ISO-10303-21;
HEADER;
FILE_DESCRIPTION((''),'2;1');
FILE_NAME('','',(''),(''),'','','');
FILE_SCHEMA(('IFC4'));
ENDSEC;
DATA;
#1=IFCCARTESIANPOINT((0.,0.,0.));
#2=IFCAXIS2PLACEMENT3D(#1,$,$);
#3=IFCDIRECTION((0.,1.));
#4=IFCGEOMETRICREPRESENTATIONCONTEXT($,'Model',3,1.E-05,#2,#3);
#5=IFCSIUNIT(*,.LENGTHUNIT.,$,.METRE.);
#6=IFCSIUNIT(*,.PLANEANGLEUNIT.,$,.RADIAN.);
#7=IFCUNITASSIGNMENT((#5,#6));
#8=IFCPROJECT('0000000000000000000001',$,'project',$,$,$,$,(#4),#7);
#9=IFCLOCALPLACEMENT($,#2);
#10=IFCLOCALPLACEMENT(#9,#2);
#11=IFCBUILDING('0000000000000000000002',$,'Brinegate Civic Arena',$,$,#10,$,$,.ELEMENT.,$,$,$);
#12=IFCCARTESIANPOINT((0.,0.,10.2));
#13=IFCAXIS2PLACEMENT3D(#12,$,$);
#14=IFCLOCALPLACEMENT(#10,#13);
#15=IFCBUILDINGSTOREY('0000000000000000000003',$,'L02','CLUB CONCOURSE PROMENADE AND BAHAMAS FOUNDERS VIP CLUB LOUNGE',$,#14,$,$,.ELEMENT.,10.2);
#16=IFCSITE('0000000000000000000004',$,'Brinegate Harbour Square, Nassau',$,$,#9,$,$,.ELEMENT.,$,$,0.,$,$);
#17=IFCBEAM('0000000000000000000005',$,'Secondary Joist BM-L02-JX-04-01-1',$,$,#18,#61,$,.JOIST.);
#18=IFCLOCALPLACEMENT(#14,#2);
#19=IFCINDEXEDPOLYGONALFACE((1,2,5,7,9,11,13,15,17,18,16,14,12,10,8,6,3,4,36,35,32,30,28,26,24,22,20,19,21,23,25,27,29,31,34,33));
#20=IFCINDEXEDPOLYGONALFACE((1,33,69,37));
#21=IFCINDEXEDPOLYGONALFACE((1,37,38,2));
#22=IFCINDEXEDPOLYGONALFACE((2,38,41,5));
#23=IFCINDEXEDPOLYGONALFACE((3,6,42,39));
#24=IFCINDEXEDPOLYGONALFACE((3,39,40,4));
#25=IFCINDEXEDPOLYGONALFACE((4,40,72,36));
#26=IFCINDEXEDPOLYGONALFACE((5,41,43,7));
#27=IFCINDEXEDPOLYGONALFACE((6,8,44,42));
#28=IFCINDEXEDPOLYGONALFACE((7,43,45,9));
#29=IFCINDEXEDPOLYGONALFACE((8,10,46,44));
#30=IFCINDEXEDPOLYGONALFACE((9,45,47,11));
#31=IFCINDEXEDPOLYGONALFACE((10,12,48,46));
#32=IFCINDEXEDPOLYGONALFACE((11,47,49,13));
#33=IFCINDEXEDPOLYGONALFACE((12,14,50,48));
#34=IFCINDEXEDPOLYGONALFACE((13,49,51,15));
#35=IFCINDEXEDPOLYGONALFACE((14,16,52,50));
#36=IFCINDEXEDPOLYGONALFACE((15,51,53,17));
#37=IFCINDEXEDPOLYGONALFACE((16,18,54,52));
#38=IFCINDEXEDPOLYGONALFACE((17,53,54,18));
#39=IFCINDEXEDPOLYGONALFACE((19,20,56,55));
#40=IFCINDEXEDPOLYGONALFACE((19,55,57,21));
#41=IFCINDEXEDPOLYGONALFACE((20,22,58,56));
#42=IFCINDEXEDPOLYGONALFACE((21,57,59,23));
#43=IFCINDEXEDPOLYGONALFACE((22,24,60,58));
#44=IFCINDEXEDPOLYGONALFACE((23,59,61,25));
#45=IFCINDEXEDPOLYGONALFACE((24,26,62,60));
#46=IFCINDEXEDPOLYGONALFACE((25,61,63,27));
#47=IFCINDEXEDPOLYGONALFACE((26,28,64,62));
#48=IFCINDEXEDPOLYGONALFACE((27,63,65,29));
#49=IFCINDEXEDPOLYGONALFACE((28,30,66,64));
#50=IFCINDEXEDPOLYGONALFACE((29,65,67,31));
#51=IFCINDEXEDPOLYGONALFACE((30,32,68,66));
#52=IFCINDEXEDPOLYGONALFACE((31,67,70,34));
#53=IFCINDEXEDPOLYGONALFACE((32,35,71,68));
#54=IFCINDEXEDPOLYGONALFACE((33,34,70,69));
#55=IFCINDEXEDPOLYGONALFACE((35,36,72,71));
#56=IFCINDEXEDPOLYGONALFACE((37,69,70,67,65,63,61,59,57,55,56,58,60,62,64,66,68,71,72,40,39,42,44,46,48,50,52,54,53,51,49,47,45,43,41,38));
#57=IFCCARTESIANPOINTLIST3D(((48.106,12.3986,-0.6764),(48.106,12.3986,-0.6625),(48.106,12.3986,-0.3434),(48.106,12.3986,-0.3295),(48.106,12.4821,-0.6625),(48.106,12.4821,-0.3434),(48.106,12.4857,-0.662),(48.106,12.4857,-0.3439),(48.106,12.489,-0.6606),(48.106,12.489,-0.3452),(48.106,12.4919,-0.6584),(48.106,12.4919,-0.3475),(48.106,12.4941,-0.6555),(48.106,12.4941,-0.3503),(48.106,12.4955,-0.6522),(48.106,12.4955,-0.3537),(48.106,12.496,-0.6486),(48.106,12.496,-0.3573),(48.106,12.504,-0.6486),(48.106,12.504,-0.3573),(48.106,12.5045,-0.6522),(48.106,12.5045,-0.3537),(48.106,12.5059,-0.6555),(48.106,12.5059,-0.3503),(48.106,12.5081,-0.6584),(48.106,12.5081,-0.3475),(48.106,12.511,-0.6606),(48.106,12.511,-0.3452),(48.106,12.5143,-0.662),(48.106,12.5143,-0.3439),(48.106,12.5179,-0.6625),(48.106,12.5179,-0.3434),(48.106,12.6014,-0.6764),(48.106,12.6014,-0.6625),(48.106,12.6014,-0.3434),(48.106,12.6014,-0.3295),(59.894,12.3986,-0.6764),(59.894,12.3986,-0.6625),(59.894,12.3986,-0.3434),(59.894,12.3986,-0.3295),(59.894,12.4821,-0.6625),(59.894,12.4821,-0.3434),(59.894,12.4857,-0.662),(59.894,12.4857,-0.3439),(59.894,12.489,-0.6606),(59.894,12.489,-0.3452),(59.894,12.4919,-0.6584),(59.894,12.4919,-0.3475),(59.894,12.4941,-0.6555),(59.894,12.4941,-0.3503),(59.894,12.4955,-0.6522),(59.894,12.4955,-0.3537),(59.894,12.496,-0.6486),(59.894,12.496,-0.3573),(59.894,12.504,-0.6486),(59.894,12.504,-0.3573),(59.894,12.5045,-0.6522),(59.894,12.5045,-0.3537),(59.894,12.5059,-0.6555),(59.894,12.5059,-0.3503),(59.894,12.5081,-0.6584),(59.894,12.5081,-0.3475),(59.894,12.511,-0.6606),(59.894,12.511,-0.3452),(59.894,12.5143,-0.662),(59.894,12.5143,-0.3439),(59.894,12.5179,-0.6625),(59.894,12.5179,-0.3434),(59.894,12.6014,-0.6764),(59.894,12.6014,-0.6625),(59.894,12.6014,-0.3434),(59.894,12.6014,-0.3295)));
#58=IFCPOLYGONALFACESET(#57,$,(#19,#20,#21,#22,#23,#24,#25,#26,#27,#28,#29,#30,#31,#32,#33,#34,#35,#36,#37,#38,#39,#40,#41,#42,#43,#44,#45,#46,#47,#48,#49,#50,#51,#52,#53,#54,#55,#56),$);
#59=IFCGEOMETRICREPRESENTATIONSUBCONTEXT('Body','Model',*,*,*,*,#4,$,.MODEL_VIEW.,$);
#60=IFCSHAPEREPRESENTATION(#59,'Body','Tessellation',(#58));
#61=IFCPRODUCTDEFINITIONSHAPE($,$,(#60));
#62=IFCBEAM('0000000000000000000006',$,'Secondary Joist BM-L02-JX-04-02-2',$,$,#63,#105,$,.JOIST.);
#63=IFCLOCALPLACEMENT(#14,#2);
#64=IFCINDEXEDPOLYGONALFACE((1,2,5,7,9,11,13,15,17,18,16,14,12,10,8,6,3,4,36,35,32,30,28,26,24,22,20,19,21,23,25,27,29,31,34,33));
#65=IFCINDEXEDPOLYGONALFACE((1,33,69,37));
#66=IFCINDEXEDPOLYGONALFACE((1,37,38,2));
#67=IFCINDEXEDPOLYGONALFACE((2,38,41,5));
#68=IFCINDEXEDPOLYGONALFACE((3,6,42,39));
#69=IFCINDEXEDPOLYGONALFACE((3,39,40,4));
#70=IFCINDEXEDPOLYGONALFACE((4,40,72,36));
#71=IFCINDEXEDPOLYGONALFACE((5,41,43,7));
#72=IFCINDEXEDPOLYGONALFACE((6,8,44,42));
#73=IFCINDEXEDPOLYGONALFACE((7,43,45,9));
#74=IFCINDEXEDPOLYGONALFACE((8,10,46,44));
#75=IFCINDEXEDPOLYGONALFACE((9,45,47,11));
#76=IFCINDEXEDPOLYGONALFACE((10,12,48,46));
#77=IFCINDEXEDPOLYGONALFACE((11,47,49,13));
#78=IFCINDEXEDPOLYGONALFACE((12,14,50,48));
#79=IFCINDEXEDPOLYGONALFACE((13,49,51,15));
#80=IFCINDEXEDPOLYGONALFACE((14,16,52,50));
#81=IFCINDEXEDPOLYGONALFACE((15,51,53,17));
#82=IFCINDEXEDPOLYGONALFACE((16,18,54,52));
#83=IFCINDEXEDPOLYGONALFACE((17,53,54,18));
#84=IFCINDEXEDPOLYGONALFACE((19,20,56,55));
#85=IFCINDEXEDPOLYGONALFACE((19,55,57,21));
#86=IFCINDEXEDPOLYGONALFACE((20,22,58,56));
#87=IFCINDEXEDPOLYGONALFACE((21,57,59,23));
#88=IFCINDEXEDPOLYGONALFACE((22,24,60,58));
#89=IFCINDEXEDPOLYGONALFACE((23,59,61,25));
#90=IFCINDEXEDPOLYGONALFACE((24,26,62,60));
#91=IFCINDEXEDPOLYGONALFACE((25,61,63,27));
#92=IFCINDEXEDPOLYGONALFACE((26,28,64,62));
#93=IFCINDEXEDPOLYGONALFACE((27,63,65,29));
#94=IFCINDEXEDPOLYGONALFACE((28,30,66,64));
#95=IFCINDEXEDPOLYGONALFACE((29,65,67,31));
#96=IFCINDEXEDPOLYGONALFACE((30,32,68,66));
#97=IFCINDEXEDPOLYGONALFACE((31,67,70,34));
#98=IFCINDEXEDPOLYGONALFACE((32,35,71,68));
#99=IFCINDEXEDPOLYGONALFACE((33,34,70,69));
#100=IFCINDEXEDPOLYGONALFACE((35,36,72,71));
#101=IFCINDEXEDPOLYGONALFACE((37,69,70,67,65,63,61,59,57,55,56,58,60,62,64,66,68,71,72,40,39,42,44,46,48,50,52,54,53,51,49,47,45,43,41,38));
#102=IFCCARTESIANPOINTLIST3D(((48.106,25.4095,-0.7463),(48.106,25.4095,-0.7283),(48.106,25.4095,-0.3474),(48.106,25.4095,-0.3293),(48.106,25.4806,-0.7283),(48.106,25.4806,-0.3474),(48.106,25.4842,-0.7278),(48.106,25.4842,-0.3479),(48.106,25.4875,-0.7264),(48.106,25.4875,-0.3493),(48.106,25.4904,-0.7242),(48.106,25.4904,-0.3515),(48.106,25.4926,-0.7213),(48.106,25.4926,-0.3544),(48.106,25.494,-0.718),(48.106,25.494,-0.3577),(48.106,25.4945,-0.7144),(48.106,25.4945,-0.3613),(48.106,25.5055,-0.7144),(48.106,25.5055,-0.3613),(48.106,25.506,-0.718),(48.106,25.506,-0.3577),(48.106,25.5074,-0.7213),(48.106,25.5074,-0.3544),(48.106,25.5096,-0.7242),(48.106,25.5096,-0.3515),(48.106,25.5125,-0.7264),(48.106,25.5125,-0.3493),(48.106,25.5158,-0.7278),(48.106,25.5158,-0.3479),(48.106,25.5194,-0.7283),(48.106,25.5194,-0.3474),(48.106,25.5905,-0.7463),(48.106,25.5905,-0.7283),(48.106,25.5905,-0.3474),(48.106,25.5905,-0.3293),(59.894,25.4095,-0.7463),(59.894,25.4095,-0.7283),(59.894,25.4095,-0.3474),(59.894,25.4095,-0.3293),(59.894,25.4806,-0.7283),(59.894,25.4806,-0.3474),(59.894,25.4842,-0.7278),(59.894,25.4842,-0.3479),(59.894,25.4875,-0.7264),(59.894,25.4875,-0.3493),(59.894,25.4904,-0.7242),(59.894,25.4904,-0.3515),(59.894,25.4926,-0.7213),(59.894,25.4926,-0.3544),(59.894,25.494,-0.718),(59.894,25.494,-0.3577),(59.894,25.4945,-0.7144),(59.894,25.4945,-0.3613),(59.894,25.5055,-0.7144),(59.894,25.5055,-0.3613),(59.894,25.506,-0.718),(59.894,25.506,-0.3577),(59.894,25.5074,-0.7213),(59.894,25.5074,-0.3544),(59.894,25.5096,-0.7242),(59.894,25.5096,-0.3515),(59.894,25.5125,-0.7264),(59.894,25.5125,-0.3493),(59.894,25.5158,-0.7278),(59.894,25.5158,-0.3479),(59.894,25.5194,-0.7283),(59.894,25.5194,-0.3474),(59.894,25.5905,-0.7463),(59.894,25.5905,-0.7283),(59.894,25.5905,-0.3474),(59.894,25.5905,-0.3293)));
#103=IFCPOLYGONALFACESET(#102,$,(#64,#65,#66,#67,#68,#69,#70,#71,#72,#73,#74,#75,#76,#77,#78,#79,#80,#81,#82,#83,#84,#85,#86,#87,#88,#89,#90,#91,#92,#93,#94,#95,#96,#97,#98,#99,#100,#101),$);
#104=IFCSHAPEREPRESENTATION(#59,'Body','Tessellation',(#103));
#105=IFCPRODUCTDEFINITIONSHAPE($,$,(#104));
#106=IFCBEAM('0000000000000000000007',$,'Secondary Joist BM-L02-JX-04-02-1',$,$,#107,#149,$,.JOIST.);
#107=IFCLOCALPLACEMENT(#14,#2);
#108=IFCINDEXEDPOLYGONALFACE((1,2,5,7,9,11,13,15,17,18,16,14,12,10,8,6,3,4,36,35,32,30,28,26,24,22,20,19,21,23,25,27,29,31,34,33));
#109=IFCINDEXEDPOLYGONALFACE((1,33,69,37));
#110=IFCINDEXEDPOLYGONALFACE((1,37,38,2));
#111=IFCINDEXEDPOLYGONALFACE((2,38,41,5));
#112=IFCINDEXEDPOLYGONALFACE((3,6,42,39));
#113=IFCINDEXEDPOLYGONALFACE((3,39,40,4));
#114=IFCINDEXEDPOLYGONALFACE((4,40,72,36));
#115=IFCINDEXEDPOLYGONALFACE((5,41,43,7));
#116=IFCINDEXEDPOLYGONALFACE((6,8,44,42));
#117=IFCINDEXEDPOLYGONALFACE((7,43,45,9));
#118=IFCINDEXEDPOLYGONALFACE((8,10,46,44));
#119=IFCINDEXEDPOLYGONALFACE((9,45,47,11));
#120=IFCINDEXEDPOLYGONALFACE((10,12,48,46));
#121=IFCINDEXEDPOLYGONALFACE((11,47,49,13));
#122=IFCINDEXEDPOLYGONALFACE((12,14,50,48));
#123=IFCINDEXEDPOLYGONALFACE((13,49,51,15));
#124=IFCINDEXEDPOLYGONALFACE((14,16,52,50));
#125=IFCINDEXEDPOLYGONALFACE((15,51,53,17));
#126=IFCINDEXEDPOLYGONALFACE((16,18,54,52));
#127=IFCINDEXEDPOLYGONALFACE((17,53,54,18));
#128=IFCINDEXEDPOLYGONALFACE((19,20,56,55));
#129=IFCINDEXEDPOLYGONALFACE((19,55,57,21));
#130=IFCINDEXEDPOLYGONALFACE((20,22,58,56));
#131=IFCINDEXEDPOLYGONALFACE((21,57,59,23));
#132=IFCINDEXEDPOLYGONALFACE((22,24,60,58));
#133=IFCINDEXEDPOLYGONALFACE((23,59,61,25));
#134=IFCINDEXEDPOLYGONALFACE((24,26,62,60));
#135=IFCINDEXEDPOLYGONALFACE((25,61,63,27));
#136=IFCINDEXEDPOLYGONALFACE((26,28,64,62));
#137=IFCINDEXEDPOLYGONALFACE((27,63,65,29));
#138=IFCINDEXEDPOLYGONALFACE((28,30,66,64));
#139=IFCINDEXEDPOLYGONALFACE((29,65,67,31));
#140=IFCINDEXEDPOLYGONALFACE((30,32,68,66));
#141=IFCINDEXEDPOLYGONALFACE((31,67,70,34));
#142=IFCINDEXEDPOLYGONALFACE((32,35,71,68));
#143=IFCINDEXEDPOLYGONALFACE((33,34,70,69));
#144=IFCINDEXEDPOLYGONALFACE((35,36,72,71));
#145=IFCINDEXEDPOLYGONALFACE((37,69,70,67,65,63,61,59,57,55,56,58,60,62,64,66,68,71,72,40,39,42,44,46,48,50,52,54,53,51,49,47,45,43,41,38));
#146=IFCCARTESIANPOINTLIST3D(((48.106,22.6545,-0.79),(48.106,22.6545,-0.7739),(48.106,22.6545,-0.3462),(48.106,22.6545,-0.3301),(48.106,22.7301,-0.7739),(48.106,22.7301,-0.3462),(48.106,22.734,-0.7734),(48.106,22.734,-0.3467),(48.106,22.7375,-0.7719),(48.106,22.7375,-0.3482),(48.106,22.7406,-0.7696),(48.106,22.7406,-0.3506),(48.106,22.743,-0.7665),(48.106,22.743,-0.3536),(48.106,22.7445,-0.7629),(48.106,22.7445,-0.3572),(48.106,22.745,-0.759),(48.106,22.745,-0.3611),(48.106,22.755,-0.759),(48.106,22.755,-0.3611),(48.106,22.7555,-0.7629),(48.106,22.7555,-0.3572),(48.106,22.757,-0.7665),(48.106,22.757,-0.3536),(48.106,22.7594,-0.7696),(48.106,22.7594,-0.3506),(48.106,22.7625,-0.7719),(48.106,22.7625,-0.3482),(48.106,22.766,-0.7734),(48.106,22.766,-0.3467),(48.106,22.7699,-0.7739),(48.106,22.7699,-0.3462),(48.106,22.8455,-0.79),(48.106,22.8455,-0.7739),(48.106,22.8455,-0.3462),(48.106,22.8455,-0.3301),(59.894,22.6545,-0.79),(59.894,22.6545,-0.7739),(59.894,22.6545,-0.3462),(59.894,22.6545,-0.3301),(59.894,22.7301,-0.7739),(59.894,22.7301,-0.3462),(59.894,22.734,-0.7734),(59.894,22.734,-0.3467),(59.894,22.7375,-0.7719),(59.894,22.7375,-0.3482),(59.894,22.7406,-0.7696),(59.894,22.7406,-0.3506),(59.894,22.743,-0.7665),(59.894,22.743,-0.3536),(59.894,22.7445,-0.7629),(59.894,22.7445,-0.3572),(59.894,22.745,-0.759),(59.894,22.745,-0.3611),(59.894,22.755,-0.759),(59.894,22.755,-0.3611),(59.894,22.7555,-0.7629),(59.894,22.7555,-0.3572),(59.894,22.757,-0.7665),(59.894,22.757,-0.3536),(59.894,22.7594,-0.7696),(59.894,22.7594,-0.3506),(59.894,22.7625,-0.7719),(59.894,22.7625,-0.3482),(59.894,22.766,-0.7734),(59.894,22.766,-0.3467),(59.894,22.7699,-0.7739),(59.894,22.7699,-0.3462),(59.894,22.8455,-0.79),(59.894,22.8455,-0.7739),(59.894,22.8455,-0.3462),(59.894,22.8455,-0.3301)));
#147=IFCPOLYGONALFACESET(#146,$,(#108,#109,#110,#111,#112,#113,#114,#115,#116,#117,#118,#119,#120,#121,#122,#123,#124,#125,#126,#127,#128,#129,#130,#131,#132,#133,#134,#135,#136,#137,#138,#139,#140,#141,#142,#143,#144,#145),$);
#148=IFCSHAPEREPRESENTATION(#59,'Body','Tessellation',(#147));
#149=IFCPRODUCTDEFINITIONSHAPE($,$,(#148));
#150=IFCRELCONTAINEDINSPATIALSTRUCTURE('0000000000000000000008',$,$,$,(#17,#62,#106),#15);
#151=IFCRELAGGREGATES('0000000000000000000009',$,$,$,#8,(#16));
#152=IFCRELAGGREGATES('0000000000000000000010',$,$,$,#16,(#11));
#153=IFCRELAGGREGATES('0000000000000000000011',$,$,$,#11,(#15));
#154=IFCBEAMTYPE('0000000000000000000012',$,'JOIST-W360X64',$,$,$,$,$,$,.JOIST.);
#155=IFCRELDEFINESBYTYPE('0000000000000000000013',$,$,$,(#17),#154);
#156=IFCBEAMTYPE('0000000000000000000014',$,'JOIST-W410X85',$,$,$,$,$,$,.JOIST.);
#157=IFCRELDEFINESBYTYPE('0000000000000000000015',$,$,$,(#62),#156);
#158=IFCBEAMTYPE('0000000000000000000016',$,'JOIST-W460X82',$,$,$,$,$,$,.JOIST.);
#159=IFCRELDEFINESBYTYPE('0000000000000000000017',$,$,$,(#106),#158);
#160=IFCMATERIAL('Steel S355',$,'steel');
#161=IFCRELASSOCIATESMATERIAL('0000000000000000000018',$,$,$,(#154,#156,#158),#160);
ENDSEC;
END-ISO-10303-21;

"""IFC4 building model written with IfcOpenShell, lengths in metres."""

from ifc_helpers import new_model, si_unit, direction, frame, origin, origin_2d, place, context, subcontext, project, spatial, i_section, extrude, material, material_profile, profile_set, type_object, element, save


model = new_model("IFC4")

# Units and contexts
model_context = context("Model", 3, precision=1e-05, world=origin(), true_north=direction((0.0, 1.0)))
body_context = subcontext(model_context, "Body", "Model", "MODEL_VIEW")
ifc_project = project(units=[si_unit("LENGTHUNIT", "METRE"), si_unit("PLANEANGLEUNIT", "RADIAN")], contexts=[model_context])

# Site, building, storey
site_placement = place(None, origin())
site = spatial("IfcSite", under=ifc_project, at=site_placement, Name="Brinegate Harbour Square, Nassau", CompositionType="ELEMENT", RefElevation=0.0)
building_placement = place(site_placement, origin())
building = spatial("IfcBuilding", under=site, at=building_placement, Name="Brinegate Civic Arena", CompositionType="ELEMENT")
storey_placement = place(building_placement, frame((0.0, 0.0, 10.2)))
storey = spatial("IfcBuildingStorey", under=building, at=storey_placement, Name="L02", Description="CLUB CONCOURSE PROMENADE AND BAHAMAS FOUNDERS VIP CLUB LOUNGE", CompositionType="ELEMENT", Elevation=10.2)

# Shared definitions
ifc_material_1 = material(Name="Steel S355", Category="steel")

# Beams
ifc_material_profile_1 = material_profile(ifc_material_1, i_section(OverallWidth=0.2029, OverallDepth=0.3469, WebThickness=0.0081, FlangeThickness=0.0139, FilletRadius=0.0139, at=origin_2d()), Name="W360X64")
ifc_profile_set_1 = profile_set([ifc_material_profile_1], Name="Steel S355")
beam_type_1 = type_object("IfcBeamType", Name="JOIST-W360X64", PredefinedType="JOIST", material=ifc_profile_set_1)
beam_1_placement = place(storey_placement, frame((48.106, 12.5, -0.5029), z_axis=(1.0, 0.0, 0.0), x_axis=(0.0, 1.0, 0.0)))
element("IfcBeam", 1, at=beam_1_placement, inside=storey, type_object=beam_type_1, Name="Secondary Joist BM-L02-JX-04-01-1", PredefinedType="JOIST", context=body_context, shape_type="SweptSolid", body=[
    extrude(i_section(OverallWidth=0.2029, OverallDepth=0.3469, WebThickness=0.0081, FlangeThickness=0.0139, FilletRadius=0.0139, at=origin_2d()), origin(), (0.0, 0.0, 1.0), 11.7881),
])
ifc_material_profile_2 = material_profile(ifc_material_1, i_section(OverallWidth=0.1809, OverallDepth=0.417, WebThickness=0.011, FlangeThickness=0.0181, FilletRadius=0.0139, at=origin_2d()), Name="W410X85")
ifc_profile_set_2 = profile_set([ifc_material_profile_2], Name="Steel S355")
beam_type_2 = type_object("IfcBeamType", Name="JOIST-W410X85", PredefinedType="JOIST", material=ifc_profile_set_2)
beam_2_placement = place(storey_placement, frame((48.106, 25.5, -0.5378), z_axis=(1.0, 0.0, 0.0), x_axis=(0.0, 1.0, 0.0)))
element("IfcBeam", 2, at=beam_2_placement, inside=storey, type_object=beam_type_2, Name="Secondary Joist BM-L02-JX-04-02-2", PredefinedType="JOIST", context=body_context, shape_type="SweptSolid", body=[
    extrude(i_section(OverallWidth=0.1809, OverallDepth=0.417, WebThickness=0.011, FlangeThickness=0.0181, FilletRadius=0.0139, at=origin_2d()), origin(), (0.0, 0.0, 1.0), 11.7881),
])
ifc_material_profile_3 = material_profile(ifc_material_1, i_section(OverallWidth=0.1909, OverallDepth=0.46, WebThickness=0.01, FlangeThickness=0.0161, FilletRadius=0.0149, at=origin_2d()), Name="W460X82")
ifc_profile_set_3 = profile_set([ifc_material_profile_3], Name="Steel S355")
beam_type_3 = type_object("IfcBeamType", Name="JOIST-W460X82", PredefinedType="JOIST", material=ifc_profile_set_3)
beam_3_placement = place(storey_placement, frame((48.106, 22.75, -0.5601), z_axis=(1.0, 0.0, 0.0), x_axis=(0.0, 1.0, 0.0)))
element("IfcBeam", 3, at=beam_3_placement, inside=storey, type_object=beam_type_3, Name="Secondary Joist BM-L02-JX-04-02-1", PredefinedType="JOIST", context=body_context, shape_type="SweptSolid", body=[
    extrude(i_section(OverallWidth=0.1909, OverallDepth=0.46, WebThickness=0.01, FlangeThickness=0.0161, FilletRadius=0.0149, at=origin_2d()), origin(), (0.0, 0.0, 1.0), 11.7881),
])

save(model, "model.ifc")
